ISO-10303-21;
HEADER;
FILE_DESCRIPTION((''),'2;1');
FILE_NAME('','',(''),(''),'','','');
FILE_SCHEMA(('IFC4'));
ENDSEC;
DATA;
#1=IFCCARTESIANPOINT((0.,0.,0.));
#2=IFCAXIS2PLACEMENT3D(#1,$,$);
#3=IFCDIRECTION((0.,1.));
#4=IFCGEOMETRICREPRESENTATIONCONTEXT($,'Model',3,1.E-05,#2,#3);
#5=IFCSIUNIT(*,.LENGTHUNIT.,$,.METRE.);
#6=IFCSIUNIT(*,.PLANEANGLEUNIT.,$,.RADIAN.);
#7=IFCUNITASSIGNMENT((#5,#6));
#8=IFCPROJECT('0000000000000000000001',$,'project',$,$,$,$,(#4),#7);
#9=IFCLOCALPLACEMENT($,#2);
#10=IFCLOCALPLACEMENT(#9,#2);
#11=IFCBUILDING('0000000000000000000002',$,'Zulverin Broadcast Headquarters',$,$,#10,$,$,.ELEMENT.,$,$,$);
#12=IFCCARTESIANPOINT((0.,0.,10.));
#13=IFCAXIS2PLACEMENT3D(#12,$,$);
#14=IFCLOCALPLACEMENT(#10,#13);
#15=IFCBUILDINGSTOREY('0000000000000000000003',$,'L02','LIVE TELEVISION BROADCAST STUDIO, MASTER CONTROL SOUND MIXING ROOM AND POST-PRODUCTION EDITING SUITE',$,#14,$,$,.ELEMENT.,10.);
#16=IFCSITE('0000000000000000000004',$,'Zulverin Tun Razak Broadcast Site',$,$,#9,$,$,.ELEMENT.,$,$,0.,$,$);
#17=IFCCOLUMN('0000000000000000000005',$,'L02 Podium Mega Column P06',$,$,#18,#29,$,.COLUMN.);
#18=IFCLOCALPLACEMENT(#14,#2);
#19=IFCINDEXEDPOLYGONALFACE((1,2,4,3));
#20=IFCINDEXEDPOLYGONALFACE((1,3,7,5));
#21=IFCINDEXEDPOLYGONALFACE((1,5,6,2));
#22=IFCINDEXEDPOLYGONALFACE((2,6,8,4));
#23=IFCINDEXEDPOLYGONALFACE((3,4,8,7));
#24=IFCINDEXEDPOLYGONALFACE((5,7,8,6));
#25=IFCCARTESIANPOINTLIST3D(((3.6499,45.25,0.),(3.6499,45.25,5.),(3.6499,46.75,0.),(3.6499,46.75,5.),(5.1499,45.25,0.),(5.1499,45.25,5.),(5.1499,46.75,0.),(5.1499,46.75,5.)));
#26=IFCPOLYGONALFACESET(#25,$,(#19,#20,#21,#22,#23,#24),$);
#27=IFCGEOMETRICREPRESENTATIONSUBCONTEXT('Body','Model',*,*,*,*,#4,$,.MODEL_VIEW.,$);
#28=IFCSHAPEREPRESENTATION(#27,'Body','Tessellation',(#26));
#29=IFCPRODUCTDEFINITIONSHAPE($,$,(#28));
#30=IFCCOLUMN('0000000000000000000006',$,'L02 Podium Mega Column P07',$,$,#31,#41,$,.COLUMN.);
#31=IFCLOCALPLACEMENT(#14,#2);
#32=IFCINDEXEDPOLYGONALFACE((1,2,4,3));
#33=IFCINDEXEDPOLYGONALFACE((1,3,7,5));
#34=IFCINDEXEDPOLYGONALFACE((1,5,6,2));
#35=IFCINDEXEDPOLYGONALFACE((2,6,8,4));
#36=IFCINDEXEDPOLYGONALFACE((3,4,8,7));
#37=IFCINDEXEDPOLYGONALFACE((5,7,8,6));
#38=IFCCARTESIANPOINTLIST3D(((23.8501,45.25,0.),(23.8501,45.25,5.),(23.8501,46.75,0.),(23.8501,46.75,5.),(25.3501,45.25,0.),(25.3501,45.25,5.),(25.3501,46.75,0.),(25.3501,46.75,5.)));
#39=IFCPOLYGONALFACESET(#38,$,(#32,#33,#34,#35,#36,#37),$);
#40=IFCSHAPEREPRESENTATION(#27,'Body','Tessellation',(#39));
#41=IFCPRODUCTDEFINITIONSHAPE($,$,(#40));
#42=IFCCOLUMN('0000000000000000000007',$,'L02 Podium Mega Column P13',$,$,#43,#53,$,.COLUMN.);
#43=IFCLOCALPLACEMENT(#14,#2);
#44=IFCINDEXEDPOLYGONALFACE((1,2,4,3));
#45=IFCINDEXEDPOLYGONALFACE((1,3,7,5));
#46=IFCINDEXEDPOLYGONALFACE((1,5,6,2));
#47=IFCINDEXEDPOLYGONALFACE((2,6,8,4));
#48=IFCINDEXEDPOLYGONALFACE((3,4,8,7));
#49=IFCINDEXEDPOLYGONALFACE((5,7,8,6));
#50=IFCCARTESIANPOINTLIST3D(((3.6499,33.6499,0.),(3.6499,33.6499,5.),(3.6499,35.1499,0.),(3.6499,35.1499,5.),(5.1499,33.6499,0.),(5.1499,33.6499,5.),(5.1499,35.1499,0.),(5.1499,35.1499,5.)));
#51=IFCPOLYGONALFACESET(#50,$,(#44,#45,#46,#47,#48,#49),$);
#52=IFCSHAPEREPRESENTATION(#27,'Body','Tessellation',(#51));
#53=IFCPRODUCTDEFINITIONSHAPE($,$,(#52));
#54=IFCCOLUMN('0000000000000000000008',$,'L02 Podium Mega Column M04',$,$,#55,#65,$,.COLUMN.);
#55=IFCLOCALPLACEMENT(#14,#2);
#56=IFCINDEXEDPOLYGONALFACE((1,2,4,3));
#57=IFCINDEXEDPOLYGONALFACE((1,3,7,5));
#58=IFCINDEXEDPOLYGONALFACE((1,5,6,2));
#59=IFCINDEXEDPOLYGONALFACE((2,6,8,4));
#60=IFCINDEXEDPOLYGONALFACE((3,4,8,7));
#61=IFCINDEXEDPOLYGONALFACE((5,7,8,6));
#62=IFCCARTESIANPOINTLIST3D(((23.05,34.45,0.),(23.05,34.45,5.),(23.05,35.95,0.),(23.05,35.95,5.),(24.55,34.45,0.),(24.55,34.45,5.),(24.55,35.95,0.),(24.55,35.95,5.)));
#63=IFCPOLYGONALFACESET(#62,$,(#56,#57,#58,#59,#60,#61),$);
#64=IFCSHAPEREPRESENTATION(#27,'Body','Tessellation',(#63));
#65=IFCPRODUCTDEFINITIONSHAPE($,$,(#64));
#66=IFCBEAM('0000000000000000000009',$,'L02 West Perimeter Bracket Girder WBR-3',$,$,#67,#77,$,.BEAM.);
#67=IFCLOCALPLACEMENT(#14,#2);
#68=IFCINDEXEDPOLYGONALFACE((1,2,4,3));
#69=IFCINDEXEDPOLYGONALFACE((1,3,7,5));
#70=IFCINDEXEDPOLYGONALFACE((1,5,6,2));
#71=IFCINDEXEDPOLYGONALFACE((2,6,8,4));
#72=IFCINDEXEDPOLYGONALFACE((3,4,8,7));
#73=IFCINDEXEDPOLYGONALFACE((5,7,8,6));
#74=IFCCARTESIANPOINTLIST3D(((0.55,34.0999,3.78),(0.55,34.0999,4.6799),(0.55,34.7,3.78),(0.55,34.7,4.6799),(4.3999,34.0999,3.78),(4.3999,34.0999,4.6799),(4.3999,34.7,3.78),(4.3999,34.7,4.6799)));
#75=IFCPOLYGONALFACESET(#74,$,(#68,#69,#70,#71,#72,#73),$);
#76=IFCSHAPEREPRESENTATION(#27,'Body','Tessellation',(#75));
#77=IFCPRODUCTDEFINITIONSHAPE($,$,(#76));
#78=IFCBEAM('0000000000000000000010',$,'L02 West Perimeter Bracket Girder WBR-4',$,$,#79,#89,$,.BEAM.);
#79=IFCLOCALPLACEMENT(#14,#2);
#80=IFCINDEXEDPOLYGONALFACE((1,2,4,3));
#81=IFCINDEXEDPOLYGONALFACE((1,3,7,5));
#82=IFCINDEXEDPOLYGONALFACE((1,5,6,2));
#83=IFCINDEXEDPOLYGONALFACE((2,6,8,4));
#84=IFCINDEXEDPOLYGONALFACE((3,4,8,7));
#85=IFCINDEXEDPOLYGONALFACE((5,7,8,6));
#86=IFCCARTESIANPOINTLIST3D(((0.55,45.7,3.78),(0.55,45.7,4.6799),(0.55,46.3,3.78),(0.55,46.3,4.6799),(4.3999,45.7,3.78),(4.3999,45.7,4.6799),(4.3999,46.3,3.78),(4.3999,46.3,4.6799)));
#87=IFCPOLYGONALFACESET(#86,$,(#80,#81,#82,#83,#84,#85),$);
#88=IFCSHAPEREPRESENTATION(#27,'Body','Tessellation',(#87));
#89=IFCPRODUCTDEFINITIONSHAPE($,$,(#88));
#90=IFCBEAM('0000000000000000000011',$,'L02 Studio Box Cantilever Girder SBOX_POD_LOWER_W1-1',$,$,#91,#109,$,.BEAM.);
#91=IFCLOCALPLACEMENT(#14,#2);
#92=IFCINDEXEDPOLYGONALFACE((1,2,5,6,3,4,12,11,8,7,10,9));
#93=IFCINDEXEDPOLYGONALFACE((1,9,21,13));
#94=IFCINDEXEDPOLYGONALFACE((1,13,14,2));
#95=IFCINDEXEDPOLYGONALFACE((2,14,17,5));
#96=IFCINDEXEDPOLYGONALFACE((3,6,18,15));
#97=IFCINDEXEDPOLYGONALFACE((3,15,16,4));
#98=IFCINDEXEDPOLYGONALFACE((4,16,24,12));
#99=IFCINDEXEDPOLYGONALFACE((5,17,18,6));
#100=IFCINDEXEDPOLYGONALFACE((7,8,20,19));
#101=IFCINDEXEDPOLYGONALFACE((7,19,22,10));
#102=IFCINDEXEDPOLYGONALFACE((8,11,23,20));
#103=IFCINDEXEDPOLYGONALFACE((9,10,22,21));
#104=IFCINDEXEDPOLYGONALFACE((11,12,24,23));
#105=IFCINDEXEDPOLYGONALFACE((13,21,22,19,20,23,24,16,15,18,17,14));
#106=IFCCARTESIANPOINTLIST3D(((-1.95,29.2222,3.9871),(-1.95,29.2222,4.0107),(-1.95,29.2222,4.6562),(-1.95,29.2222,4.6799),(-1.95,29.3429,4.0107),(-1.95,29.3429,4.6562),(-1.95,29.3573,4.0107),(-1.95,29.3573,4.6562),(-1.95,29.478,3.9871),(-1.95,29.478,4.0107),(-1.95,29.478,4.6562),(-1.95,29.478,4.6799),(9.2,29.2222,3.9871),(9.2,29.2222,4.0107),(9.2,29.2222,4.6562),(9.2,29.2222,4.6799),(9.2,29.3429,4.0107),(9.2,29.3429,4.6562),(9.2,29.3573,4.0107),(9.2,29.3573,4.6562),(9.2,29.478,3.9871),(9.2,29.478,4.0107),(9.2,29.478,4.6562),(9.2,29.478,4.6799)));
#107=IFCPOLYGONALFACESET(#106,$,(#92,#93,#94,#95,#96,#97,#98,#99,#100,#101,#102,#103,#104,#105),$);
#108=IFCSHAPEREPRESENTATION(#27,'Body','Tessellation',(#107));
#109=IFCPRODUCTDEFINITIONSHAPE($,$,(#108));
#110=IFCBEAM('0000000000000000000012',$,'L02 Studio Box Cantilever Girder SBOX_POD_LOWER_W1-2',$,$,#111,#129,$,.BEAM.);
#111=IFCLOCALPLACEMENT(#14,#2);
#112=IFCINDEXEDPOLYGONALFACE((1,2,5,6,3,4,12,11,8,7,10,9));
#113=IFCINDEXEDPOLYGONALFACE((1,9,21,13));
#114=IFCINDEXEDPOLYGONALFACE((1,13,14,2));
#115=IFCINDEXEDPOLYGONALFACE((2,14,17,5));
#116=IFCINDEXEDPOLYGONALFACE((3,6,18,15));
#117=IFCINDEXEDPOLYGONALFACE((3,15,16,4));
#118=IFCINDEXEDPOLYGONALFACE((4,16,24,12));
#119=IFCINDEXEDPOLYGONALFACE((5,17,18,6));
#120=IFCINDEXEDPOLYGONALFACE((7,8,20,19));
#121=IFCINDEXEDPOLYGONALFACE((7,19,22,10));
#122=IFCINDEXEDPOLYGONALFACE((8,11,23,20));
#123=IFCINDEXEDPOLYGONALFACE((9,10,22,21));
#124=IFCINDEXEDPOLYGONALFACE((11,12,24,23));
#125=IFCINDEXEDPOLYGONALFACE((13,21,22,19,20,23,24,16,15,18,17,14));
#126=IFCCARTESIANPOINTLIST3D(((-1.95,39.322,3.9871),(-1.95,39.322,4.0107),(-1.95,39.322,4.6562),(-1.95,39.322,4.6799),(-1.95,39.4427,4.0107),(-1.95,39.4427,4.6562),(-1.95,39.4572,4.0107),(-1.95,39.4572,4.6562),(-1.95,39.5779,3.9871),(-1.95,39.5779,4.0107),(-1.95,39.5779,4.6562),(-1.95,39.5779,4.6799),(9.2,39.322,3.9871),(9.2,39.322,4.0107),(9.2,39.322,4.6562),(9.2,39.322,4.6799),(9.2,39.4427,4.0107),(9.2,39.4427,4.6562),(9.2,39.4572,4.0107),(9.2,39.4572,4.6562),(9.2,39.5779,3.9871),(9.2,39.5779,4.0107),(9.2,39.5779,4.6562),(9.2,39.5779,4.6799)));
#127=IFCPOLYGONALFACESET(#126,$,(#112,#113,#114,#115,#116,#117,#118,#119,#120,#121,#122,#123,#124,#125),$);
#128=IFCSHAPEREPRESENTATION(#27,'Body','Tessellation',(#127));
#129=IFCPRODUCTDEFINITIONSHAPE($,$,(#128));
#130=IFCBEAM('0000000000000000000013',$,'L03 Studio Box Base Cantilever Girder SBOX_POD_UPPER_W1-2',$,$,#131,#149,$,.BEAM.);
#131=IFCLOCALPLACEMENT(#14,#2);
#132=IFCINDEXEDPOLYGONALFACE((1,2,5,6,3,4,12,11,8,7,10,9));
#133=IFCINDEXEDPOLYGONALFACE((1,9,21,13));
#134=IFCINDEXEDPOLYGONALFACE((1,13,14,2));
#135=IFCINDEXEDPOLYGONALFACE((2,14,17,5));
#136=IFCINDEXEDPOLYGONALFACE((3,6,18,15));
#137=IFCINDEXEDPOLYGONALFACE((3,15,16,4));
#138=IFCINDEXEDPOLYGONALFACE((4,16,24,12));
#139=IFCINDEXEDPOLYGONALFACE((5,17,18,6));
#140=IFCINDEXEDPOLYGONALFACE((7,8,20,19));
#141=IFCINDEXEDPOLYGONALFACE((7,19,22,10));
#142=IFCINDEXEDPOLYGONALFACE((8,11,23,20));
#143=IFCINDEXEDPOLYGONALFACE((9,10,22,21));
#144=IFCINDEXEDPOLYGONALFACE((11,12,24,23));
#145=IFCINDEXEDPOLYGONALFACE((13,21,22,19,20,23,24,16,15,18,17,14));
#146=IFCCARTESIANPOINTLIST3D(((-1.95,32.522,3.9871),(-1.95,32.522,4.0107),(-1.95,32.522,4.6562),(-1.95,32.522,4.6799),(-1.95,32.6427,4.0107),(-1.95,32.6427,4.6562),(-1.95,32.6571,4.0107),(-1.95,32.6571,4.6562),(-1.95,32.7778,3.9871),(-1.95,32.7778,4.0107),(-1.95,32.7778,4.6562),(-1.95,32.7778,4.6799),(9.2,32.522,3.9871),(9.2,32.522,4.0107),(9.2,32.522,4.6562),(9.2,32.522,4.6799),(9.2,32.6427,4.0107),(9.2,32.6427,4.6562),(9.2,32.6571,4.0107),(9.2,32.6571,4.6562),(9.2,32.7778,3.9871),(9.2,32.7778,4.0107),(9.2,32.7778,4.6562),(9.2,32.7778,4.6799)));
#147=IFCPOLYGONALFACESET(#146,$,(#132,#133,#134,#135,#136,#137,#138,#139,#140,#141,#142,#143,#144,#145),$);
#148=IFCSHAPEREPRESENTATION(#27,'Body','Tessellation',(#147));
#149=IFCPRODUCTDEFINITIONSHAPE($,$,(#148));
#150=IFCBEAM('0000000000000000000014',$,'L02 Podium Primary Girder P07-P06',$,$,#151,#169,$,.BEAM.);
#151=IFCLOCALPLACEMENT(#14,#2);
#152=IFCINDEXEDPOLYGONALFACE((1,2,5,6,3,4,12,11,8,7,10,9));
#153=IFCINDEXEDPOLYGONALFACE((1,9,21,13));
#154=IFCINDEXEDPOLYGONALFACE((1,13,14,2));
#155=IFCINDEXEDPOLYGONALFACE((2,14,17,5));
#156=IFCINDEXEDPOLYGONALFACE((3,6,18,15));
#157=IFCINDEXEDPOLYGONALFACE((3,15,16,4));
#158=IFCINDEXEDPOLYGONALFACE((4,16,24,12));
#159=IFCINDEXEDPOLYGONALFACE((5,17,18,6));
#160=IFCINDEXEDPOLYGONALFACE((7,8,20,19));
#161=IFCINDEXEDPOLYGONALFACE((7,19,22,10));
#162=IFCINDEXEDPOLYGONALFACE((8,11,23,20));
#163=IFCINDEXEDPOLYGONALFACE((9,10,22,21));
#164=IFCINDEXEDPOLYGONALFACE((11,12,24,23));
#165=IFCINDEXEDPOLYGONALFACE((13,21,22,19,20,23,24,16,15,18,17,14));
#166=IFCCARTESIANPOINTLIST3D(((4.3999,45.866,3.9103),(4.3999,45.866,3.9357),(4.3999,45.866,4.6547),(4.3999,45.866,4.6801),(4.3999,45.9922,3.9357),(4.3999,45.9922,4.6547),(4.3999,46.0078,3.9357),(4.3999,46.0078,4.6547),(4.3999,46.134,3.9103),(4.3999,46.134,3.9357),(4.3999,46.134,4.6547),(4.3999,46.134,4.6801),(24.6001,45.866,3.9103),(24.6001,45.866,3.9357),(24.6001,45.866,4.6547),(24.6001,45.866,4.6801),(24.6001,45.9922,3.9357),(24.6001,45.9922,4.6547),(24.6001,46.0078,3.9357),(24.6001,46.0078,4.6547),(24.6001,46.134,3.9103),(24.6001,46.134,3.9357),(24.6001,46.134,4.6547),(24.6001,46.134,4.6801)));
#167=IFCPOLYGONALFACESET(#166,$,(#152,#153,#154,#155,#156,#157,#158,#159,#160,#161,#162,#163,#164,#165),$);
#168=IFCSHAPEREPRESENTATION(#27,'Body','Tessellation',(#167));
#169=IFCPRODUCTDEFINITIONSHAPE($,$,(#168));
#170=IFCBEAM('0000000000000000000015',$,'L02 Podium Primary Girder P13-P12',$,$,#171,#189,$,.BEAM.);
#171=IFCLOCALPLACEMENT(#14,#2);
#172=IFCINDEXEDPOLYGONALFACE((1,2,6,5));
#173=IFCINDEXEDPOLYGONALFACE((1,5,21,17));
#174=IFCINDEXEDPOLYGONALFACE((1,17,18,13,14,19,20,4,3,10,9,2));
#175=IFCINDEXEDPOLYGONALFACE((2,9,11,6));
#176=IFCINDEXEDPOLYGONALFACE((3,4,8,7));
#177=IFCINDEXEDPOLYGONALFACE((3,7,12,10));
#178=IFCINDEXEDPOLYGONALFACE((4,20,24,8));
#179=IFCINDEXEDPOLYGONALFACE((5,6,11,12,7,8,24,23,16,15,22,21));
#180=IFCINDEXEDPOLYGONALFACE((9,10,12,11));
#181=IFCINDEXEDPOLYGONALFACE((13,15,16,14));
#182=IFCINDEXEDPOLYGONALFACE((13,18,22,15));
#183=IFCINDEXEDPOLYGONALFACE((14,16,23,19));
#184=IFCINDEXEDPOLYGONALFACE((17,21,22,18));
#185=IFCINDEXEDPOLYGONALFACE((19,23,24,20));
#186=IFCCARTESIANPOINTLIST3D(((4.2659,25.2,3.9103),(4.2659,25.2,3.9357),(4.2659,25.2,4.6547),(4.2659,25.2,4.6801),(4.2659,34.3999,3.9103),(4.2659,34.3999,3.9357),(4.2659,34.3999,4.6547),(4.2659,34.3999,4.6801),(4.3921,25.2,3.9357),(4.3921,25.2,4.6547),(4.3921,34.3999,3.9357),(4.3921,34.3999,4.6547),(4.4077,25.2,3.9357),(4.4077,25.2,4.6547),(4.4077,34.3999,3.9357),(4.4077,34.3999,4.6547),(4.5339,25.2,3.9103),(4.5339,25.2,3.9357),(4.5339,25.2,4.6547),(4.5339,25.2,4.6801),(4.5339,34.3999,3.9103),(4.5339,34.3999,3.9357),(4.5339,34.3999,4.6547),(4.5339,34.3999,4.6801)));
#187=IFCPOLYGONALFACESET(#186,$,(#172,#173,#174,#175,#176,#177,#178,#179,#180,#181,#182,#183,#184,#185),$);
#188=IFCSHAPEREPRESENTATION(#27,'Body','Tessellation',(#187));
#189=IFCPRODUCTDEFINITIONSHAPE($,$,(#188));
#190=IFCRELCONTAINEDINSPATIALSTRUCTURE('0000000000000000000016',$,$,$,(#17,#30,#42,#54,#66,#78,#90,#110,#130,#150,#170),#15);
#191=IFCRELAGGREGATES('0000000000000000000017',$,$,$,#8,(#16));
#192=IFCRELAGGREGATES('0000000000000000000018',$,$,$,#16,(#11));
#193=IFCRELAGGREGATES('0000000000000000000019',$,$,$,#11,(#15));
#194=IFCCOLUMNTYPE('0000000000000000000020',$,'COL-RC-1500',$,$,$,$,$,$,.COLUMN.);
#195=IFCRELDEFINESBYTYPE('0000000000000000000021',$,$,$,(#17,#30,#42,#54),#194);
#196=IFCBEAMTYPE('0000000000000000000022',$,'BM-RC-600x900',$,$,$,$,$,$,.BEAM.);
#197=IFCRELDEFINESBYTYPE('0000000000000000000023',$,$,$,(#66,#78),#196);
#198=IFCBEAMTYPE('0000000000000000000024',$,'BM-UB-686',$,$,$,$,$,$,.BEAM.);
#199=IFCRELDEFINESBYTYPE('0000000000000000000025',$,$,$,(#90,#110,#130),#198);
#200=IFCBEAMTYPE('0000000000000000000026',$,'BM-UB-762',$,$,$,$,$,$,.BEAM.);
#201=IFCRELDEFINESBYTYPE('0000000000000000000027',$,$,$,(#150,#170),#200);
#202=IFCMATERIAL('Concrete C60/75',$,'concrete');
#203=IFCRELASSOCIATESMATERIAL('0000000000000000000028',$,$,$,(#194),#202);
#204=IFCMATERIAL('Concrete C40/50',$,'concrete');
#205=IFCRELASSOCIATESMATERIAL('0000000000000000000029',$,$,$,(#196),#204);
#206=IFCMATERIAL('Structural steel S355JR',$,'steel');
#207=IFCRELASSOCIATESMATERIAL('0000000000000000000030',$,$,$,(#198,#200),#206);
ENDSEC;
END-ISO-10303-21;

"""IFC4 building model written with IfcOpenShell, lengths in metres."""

from ifc_helpers import new_model, si_unit, direction, frame, origin, origin_2d, place, context, subcontext, project, spatial, rectangle, i_section, extrude, material, material_profile, profile_set, type_object, element, save


model = new_model("IFC4")

# Units and contexts
model_context = context("Model", 3, precision=1e-05, world=origin(), true_north=direction((0.0, 1.0)))
body_context = subcontext(model_context, "Body", "Model", "MODEL_VIEW")
ifc_project = project(units=[si_unit("LENGTHUNIT", "METRE"), si_unit("PLANEANGLEUNIT", "RADIAN")], contexts=[model_context])

# Site, building, storey
site_placement = place(None, origin())
site = spatial("IfcSite", under=ifc_project, at=site_placement, Name="Zulverin Tun Razak Broadcast Site", CompositionType="ELEMENT", RefElevation=0.0)
building_placement = place(site_placement, origin())
building = spatial("IfcBuilding", under=site, at=building_placement, Name="Zulverin Broadcast Headquarters", CompositionType="ELEMENT")
storey_placement = place(building_placement, frame((0.0, 0.0, 10.0)))
storey = spatial("IfcBuildingStorey", under=building, at=storey_placement, Name="L02", Description="LIVE TELEVISION BROADCAST STUDIO, MASTER CONTROL SOUND MIXING ROOM AND POST-PRODUCTION EDITING SUITE", CompositionType="ELEMENT", Elevation=10.0)

# Columns
ifc_material_1 = material(Name="Concrete C60/75", Category="concrete")
ifc_material_profile_1 = material_profile(ifc_material_1, rectangle(XDim=1.5, YDim=1.5, at=origin_2d()), Name="Concrete C60/75", Category="concrete")
ifc_profile_set_1 = profile_set([ifc_material_profile_1], Name="Concrete C60/75")
column_type = type_object("IfcColumnType", Name="COL-RC-1500", PredefinedType="COLUMN", material=ifc_profile_set_1)
for number, where, z_axis, x_axis, name in (
    (1, (4.3999, 46.0, 0.0), (0.0, 0.0, 1.0), (1.0, 0.0, 0.0), "L02 Podium Mega Column P06"),
    (2, (24.6001, 46.0, 0.0), (0.0, 0.0, 1.0), (1.0, 0.0, 0.0), "L02 Podium Mega Column P07"),
    (3, (4.3999, 34.3999, 0.0), (0.0, 0.0, 1.0), (1.0, 0.0, 0.0), "L02 Podium Mega Column P13"),
    (4, (23.8, 35.2, 0.0), (0.0, 0.0, 1.0), (1.0, 0.0, 0.0), "L02 Podium Mega Column M04"),
):
    element("IfcColumn", number, at=place(storey_placement, frame(where, z_axis=z_axis, x_axis=x_axis)), inside=storey, type_object=column_type, Name=name, PredefinedType="COLUMN", context=body_context, shape_type="SweptSolid", body=[
        extrude(rectangle(XDim=1.5, YDim=1.5, at=origin_2d()), origin(), (0.0, 0.0, 1.0), 5.0),
    ])

# Beams
ifc_material_2 = material(Name="Concrete C40/50", Category="concrete")
ifc_material_profile_2 = material_profile(ifc_material_2, rectangle(XDim=0.6001, YDim=0.8999, at=origin_2d()), Name="Concrete C40/50", Category="concrete")
ifc_profile_set_2 = profile_set([ifc_material_profile_2], Name="Concrete C40/50")
beam_type_1 = type_object("IfcBeamType", Name="BM-RC-600x900", PredefinedType="BEAM", material=ifc_profile_set_2)
for number, where, z_axis, x_axis, name in (
    (5, (4.3999, 34.3999, 4.23), (-1.0, 0.0, 0.0), (0.0, -1.0, 0.0), "L02 West Perimeter Bracket Girder WBR-3"),
    (6, (4.3999, 46.0, 4.23), (-1.0, 0.0, 0.0), (0.0, -1.0, 0.0), "L02 West Perimeter Bracket Girder WBR-4"),
):
    element("IfcBeam", number, at=place(storey_placement, frame(where, z_axis=z_axis, x_axis=x_axis)), inside=storey, type_object=beam_type_1, Name=name, PredefinedType="BEAM", context=body_context, shape_type="SweptSolid", body=[
        extrude(rectangle(XDim=0.6001, YDim=0.8999, at=origin_2d()), origin(), (0.0, 0.0, 1.0), 3.8499),
    ])
ifc_material_3 = material(Name="Structural steel S355JR", Category="steel")
ifc_material_profile_3 = material_profile(ifc_material_3, i_section(OverallWidth=0.2559, OverallDepth=0.6929, WebThickness=0.0144, FlangeThickness=0.0237, at=origin_2d()), Name="Structural steel S355JR", Category="steel")
ifc_profile_set_3 = profile_set([ifc_material_profile_3], Name="Structural steel S355JR")
beam_type_2 = type_object("IfcBeamType", Name="BM-UB-686", PredefinedType="BEAM", material=ifc_profile_set_3)
for number, where, z_axis, x_axis, name in (
    (7, (9.2, 29.3501, 4.3335), (-1.0, 0.0, 0.0), (0.0, -1.0, 0.0), "L02 Studio Box Cantilever Girder SBOX_POD_LOWER_W1-1"),
    (8, (9.2, 39.45, 4.3335), (-1.0, 0.0, 0.0), (0.0, -1.0, 0.0), "L02 Studio Box Cantilever Girder SBOX_POD_LOWER_W1-2"),
    (9, (9.2, 32.6499, 4.3335), (-1.0, 0.0, 0.0), (0.0, -1.0, 0.0), "L03 Studio Box Base Cantilever Girder SBOX_POD_UPPER_W1-2"),
):
    element("IfcBeam", number, at=place(storey_placement, frame(where, z_axis=z_axis, x_axis=x_axis)), inside=storey, type_object=beam_type_2, Name=name, PredefinedType="BEAM", context=body_context, shape_type="SweptSolid", body=[
        extrude(i_section(OverallWidth=0.2559, OverallDepth=0.6929, WebThickness=0.0144, FlangeThickness=0.0237, at=origin_2d()), origin(), (0.0, 0.0, 1.0), 11.1499),
    ])
ifc_material_profile_4 = material_profile(ifc_material_3, i_section(OverallWidth=0.2681, OverallDepth=0.7698, WebThickness=0.0156, FlangeThickness=0.0254, at=origin_2d()), Name="Structural steel S355JR", Category="steel")
ifc_profile_set_4 = profile_set([ifc_material_profile_4], Name="Structural steel S355JR")
beam_type_3 = type_object("IfcBeamType", Name="BM-UB-762", PredefinedType="BEAM", material=ifc_profile_set_4)
beam_1_placement = place(storey_placement, frame((24.6001, 46.0, 4.2952), z_axis=(-1.0, 0.0, 0.0), x_axis=(0.0, -1.0, 0.0)))
element("IfcBeam", 10, at=beam_1_placement, inside=storey, type_object=beam_type_3, Name="L02 Podium Primary Girder P07-P06", PredefinedType="BEAM", context=body_context, shape_type="SweptSolid", body=[
    extrude(i_section(OverallWidth=0.2681, OverallDepth=0.7698, WebThickness=0.0156, FlangeThickness=0.0254, at=origin_2d()), origin(), (0.0, 0.0, 1.0), 20.2002),
])
beam_2_placement = place(storey_placement, frame((4.3999, 34.3999, 4.2952), z_axis=(0.0, -1.0, 0.0), x_axis=(1.0, 0.0, 0.0)))
element("IfcBeam", 11, at=beam_2_placement, inside=storey, type_object=beam_type_3, Name="L02 Podium Primary Girder P13-P12", PredefinedType="BEAM", context=body_context, shape_type="SweptSolid", body=[
    extrude(i_section(OverallWidth=0.2681, OverallDepth=0.7698, WebThickness=0.0156, FlangeThickness=0.0254, at=origin_2d()), origin(), (0.0, 0.0, 1.0), 9.2),
])

save(model, "model.ifc")
